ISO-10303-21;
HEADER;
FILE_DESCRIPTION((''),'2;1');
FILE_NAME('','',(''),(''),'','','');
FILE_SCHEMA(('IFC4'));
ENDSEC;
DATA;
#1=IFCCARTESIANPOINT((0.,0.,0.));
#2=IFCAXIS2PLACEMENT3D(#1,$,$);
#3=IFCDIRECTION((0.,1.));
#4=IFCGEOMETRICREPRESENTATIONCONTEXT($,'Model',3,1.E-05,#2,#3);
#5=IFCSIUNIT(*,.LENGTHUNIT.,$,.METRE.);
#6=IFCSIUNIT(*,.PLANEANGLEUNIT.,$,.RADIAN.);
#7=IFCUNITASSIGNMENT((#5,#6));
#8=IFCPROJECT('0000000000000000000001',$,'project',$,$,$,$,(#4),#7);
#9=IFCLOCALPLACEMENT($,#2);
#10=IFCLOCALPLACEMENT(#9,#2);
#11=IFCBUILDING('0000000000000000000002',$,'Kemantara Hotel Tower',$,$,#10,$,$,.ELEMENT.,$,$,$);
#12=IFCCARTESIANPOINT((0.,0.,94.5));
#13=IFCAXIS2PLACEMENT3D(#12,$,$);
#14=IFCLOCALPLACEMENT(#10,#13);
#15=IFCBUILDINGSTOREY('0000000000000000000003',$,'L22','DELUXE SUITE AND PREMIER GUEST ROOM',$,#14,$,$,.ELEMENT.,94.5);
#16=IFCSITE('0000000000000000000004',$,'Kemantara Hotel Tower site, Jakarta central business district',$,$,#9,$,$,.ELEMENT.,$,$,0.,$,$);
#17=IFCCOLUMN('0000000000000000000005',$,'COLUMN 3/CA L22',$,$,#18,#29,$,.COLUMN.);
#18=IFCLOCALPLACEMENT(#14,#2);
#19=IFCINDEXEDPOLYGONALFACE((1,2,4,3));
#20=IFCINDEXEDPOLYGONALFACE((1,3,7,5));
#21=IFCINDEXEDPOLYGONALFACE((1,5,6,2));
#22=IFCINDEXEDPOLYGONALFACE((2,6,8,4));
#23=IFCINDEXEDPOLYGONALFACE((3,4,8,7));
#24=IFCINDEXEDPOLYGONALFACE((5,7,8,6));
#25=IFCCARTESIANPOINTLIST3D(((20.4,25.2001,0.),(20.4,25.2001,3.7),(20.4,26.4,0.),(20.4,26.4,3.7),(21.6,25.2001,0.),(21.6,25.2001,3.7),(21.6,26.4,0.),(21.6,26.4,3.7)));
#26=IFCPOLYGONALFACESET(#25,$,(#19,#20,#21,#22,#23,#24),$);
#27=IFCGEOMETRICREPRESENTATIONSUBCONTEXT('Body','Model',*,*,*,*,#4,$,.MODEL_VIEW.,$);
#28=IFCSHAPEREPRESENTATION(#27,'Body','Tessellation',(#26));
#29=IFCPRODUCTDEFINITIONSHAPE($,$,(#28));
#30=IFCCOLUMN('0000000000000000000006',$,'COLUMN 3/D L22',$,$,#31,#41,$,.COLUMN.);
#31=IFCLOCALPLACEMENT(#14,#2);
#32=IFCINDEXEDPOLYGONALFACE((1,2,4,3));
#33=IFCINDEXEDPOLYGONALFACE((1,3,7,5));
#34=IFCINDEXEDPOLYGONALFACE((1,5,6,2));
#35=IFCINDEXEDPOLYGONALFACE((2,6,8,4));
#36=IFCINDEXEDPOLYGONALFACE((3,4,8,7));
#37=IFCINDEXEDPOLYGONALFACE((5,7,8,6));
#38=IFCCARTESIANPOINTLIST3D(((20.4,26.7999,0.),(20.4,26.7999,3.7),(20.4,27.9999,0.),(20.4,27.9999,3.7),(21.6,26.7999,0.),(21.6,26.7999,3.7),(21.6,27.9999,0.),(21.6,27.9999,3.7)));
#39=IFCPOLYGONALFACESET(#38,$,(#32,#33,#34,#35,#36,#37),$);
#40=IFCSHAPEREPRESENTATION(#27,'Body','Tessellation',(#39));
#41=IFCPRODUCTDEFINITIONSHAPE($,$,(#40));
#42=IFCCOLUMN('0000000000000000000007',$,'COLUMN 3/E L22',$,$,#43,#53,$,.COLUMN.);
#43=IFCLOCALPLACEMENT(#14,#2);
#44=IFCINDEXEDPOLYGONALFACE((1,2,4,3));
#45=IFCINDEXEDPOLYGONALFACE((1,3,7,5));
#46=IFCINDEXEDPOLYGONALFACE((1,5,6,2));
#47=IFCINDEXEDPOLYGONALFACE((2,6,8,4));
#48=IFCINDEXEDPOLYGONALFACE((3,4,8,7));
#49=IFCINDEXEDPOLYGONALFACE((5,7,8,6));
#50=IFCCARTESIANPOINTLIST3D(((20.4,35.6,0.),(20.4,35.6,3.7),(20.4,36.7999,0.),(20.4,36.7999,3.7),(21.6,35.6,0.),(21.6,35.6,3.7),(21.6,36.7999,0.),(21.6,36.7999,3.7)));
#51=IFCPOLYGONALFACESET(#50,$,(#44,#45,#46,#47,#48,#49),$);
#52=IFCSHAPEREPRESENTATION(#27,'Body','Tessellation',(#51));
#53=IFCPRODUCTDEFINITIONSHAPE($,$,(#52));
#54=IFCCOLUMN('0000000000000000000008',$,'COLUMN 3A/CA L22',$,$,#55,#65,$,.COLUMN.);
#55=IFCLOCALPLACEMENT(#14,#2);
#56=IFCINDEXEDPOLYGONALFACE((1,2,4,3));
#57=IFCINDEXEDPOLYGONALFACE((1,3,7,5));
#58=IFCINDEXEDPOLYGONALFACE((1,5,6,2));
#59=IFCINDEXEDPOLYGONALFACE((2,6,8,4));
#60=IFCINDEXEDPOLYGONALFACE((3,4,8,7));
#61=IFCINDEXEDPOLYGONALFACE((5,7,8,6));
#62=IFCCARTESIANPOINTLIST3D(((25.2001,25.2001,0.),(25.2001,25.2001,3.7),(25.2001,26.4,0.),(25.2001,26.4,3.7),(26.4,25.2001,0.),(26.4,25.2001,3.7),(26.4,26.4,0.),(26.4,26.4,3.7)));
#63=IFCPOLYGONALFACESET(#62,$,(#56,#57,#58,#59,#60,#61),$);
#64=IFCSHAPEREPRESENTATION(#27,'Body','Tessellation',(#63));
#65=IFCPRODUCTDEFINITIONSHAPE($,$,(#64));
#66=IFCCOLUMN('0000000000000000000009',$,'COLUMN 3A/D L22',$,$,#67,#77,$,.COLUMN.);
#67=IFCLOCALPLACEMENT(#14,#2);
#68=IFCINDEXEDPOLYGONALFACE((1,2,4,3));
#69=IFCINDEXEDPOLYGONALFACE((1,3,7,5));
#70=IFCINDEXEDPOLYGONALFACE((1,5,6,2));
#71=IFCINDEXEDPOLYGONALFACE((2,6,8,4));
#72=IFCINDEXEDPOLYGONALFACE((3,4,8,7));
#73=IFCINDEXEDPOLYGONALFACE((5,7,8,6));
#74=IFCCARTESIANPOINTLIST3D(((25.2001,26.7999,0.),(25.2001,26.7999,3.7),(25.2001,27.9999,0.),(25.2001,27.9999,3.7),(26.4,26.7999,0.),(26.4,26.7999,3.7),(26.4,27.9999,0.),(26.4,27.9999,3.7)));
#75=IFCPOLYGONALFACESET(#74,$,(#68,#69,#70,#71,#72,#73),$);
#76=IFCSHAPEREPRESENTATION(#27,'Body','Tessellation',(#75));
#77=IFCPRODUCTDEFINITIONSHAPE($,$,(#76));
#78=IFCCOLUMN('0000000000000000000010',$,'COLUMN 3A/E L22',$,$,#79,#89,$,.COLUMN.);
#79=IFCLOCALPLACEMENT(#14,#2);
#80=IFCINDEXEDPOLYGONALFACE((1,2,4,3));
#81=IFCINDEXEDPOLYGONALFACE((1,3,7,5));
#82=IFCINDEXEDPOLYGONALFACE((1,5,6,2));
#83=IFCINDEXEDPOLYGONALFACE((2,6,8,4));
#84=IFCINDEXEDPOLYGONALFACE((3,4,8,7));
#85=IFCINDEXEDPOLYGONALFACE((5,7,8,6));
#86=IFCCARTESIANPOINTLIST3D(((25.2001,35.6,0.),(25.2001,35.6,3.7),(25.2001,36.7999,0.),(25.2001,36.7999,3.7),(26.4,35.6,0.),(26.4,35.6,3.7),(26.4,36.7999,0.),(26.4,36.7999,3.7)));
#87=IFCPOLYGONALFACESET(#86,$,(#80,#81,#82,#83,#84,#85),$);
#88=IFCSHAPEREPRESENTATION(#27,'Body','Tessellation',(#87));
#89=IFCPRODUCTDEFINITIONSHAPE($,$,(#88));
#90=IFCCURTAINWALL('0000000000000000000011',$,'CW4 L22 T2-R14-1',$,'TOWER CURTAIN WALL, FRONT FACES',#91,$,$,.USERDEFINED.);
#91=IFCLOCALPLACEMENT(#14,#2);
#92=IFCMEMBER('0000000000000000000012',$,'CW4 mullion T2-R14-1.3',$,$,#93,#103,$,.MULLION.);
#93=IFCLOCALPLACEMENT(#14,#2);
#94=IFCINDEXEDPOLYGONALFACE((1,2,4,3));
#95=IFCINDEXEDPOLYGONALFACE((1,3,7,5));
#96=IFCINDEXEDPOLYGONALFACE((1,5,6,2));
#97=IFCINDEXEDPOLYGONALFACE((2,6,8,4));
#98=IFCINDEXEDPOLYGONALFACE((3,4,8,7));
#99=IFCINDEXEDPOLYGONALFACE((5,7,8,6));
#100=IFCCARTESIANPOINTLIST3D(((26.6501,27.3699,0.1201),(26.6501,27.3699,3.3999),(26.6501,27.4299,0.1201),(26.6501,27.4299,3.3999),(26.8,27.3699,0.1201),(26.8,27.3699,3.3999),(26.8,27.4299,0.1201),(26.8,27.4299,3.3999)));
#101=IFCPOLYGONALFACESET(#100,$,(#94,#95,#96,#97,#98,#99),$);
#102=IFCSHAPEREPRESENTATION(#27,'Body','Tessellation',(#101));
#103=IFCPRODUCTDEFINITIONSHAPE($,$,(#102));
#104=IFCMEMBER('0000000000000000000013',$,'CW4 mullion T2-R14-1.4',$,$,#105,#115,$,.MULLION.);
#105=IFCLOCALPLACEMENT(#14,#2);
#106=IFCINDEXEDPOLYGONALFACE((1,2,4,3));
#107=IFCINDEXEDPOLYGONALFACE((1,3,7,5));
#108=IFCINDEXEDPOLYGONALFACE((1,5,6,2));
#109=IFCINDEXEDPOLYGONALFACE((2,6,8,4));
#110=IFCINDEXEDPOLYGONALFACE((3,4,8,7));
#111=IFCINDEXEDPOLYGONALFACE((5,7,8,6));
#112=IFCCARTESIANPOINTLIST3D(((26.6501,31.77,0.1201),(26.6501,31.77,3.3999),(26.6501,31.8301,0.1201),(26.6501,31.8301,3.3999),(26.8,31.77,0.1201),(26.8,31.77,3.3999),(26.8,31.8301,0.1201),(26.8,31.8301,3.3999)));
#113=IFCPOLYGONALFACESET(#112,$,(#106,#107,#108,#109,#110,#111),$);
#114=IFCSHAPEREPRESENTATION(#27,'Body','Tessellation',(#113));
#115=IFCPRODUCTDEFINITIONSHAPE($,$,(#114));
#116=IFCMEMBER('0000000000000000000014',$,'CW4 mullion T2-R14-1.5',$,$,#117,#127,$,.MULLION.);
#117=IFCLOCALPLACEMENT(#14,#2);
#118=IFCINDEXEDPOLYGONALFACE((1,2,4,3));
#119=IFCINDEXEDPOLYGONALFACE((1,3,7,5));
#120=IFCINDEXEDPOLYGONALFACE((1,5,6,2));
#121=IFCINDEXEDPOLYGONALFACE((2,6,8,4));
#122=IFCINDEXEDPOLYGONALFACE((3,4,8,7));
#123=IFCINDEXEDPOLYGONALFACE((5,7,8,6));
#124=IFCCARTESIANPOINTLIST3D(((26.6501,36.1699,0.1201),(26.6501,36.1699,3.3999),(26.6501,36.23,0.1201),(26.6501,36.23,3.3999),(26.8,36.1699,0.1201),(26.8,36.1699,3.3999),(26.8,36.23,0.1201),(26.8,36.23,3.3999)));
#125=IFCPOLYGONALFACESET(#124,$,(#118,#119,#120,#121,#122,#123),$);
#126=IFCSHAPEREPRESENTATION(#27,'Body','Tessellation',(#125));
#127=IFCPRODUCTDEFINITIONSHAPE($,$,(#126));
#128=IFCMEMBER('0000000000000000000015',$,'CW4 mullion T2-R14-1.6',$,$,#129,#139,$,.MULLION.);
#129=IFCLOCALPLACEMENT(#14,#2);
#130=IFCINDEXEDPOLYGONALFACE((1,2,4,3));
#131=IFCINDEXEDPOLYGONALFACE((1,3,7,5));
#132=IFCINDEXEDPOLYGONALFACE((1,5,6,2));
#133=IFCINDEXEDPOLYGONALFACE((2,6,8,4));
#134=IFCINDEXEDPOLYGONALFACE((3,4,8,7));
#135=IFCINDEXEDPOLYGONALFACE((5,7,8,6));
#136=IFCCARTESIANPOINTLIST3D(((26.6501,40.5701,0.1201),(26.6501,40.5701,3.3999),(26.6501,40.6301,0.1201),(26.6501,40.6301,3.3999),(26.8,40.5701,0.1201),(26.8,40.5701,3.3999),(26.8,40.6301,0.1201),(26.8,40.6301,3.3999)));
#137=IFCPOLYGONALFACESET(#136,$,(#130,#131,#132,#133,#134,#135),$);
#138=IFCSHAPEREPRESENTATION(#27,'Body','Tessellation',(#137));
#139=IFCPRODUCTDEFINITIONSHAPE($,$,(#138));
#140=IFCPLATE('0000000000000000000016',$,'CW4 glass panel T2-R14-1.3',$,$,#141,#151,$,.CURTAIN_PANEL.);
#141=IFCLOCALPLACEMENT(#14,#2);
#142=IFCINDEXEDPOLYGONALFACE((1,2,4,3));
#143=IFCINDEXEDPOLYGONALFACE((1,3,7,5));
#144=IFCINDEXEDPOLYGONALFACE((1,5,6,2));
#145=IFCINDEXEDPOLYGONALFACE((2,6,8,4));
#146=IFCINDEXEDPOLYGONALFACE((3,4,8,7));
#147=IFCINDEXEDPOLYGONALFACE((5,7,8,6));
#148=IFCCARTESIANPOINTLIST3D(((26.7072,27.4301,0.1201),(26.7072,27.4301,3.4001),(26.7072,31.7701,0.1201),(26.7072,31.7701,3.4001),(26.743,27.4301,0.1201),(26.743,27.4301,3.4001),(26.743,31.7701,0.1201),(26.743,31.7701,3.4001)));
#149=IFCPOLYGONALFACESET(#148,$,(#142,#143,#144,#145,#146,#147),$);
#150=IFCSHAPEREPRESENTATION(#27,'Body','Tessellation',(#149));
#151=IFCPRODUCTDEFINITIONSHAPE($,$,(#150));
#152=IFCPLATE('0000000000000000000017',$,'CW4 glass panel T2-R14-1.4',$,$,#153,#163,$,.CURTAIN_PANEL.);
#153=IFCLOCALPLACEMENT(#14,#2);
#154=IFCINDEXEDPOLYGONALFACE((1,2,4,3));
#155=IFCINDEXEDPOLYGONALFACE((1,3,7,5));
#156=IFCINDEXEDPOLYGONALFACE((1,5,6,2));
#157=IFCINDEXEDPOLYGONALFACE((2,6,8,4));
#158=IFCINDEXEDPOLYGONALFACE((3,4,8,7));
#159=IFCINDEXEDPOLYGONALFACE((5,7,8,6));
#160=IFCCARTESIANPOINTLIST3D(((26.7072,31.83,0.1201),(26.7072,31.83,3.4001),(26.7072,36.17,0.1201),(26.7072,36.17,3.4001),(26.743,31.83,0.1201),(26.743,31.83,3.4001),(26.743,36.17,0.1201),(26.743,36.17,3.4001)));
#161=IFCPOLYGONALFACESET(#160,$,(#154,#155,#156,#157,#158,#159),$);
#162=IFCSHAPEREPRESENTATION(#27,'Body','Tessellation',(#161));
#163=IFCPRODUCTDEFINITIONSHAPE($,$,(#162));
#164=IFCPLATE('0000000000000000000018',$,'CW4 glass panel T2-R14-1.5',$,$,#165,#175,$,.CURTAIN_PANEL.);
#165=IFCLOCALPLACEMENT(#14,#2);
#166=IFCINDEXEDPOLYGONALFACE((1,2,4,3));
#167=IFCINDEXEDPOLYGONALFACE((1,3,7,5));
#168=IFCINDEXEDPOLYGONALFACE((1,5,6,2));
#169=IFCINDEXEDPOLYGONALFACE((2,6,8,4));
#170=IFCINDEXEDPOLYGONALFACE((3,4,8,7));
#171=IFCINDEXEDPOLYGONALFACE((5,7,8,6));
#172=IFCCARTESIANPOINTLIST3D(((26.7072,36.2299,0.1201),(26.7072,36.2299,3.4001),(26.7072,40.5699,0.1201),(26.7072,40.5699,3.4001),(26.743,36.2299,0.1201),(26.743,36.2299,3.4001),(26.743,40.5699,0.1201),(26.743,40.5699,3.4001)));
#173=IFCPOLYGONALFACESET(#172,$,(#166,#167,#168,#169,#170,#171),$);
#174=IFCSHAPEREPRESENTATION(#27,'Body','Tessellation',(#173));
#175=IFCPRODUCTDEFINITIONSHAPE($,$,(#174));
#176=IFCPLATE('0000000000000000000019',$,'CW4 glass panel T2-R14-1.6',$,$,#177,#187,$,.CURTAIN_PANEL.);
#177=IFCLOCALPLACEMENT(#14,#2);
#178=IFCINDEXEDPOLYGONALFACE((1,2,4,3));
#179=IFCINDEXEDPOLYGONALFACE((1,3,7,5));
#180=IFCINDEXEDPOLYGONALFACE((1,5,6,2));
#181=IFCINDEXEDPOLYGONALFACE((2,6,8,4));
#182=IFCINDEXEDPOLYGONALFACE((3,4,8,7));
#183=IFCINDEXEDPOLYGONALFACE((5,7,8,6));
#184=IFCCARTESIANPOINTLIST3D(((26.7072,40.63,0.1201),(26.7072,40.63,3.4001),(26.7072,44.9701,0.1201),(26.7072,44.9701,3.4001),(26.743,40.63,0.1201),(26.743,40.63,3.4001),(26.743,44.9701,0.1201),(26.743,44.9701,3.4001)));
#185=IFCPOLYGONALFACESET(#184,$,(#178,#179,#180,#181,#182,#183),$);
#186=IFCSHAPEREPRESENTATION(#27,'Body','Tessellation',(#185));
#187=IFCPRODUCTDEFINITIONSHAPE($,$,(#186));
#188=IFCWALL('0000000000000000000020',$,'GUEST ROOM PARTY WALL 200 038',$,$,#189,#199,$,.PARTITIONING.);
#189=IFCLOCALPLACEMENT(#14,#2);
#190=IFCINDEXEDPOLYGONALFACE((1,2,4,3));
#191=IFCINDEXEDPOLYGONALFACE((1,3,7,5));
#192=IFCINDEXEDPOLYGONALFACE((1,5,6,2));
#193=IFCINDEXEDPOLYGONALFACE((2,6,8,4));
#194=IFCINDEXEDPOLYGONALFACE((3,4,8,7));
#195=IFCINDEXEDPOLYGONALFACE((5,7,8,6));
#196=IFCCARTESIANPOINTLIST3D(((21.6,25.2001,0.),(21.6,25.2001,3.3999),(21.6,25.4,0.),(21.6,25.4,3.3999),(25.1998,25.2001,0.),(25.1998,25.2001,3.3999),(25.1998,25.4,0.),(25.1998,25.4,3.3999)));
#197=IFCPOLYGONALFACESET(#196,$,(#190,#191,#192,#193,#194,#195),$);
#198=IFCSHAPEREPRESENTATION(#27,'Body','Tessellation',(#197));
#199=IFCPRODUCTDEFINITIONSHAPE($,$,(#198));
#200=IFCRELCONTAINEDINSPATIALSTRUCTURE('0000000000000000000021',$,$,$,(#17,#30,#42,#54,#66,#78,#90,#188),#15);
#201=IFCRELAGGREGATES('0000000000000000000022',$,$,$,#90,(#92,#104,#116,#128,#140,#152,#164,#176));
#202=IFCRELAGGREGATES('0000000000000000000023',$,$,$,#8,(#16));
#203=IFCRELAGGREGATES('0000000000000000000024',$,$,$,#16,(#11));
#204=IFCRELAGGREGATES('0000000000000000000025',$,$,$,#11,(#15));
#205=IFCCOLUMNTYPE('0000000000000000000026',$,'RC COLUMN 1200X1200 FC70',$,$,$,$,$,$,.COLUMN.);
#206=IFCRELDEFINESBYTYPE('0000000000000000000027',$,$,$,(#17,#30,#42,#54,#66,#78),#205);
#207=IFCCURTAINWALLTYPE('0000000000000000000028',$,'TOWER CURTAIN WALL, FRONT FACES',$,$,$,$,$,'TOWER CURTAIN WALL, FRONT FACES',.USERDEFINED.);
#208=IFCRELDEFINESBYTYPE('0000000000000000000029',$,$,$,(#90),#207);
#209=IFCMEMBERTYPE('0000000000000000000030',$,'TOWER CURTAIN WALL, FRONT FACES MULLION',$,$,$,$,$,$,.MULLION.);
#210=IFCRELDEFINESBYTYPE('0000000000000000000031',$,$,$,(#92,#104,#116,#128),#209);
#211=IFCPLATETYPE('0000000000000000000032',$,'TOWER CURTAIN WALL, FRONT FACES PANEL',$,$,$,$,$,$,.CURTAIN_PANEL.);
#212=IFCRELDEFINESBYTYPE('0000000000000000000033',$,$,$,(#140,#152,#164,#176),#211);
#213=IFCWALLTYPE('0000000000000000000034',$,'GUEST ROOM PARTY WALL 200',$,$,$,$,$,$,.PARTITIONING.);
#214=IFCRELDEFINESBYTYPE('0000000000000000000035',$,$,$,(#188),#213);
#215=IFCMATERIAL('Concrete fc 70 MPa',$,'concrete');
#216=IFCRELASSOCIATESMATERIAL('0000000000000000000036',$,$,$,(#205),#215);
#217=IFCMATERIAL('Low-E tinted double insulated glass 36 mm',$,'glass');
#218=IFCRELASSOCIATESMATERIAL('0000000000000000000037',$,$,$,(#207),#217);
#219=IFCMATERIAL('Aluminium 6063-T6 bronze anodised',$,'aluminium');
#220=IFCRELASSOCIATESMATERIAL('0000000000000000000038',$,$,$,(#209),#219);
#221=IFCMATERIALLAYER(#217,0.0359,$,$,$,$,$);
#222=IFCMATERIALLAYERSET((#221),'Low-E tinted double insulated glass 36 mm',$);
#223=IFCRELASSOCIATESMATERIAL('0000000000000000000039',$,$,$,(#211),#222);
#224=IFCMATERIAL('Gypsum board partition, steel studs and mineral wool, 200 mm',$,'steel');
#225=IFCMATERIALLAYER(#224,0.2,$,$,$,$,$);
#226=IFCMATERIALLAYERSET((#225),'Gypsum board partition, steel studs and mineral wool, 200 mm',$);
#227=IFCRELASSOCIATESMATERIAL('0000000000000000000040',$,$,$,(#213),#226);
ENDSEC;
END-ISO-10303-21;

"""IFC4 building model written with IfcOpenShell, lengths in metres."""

from ifc_helpers import new_model, si_unit, direction, frame, frame_2d, origin, origin_2d, place, context, subcontext, project, spatial, rectangle, extrude, source, transform, mapped, material, layer, layer_set, material_profile, profile_set, type_object, element, aggregate, save


model = new_model("IFC4")

# Units and contexts
model_context = context("Model", 3, precision=1e-05, world=origin(), true_north=direction((0.0, 1.0)))
body_context = subcontext(model_context, "Body", "Model", "MODEL_VIEW")
ifc_project = project(units=[si_unit("LENGTHUNIT", "METRE"), si_unit("PLANEANGLEUNIT", "RADIAN")], contexts=[model_context])

# Site, building, storey
site_placement = place(None, origin())
site = spatial("IfcSite", under=ifc_project, at=site_placement, Name="Kemantara Hotel Tower site, Jakarta central business district", CompositionType="ELEMENT", RefElevation=0.0)
building_placement = place(site_placement, origin())
building = spatial("IfcBuilding", under=site, at=building_placement, Name="Kemantara Hotel Tower", CompositionType="ELEMENT")
storey_placement = place(building_placement, frame((0.0, 0.0, 94.5)))
storey = spatial("IfcBuildingStorey", under=building, at=storey_placement, Name="L22", Description="DELUXE SUITE AND PREMIER GUEST ROOM", CompositionType="ELEMENT", Elevation=94.5)

# Columns
ifc_material_1 = material(Name="Concrete fc 70 MPa", Category="concrete")
ifc_material_profile_1 = material_profile(ifc_material_1, rectangle(XDim=1.2, YDim=1.2, at=origin_2d()), Name="RC 1200X1200")
ifc_profile_set_1 = profile_set([ifc_material_profile_1], Name="Concrete fc 70 MPa")
column_type = type_object("IfcColumnType", Name="RC COLUMN 1200X1200 FC70", PredefinedType="COLUMN", material=ifc_profile_set_1)
for number, where, z_axis, x_axis, name in (
    (1, (21.0, 25.8, 0.0), (0.0, 0.0, 1.0), (1.0, 0.0, 0.0), "COLUMN 3/CA L22"),
    (2, (21.0, 27.3999, 0.0), (0.0, 0.0, 1.0), (1.0, 0.0, 0.0), "COLUMN 3/D L22"),
    (3, (21.0, 36.2, 0.0), (0.0, 0.0, 1.0), (1.0, 0.0, 0.0), "COLUMN 3/E L22"),
    (4, (25.8, 25.8, 0.0), (0.0, 0.0, 1.0), (1.0, 0.0, 0.0), "COLUMN 3A/CA L22"),
    (5, (25.8, 27.3999, 0.0), (0.0, 0.0, 1.0), (1.0, 0.0, 0.0), "COLUMN 3A/D L22"),
    (6, (25.8, 36.2, 0.0), (0.0, 0.0, 1.0), (1.0, 0.0, 0.0), "COLUMN 3A/E L22"),
):
    element("IfcColumn", number, at=place(storey_placement, frame(where, z_axis=z_axis, x_axis=x_axis)), inside=storey, type_object=column_type, Name=name, PredefinedType="COLUMN", context=body_context, shape_type="SweptSolid", body=[
        extrude(rectangle(XDim=1.2, YDim=1.2, at=origin_2d()), origin(), (0.0, 0.0, 1.0), 3.7),
    ])

# Curtain wall, members, plates
ifc_material_2 = material(Name="Low-E tinted double insulated glass 36 mm", Category="glass")
curtain_wall_type = type_object("IfcCurtainWallType", Name="TOWER CURTAIN WALL, FRONT FACES", ElementType="TOWER CURTAIN WALL, FRONT FACES", PredefinedType="USERDEFINED", material=ifc_material_2)
curtain_wall_placement = place(storey_placement, origin())
curtain_wall = element("IfcCurtainWall", 7, at=curtain_wall_placement, inside=storey, type_object=curtain_wall_type, Name="CW4 L22 T2-R14-1", ObjectType="TOWER CURTAIN WALL, FRONT FACES", PredefinedType="USERDEFINED")
ifc_material_3 = material(Name="Aluminium 6063-T6 bronze anodised", Category="aluminium")
ifc_material_profile_2 = material_profile(ifc_material_3, rectangle(XDim=0.1499, YDim=0.0601, at=origin_2d()), Name="TOWER CURTAIN WALL, FRONT FACES MULLION")
ifc_profile_set_2 = profile_set([ifc_material_profile_2], Name="Aluminium 6063-T6 bronze anodised")
member_type = type_object("IfcMemberType", Name="TOWER CURTAIN WALL, FRONT FACES MULLION", PredefinedType="MULLION", material=ifc_profile_set_2)
shared_shape_1 = source(origin(), body_context, "Body", "SweptSolid", [
    extrude(rectangle(XDim=0.1499, YDim=0.0601, at=origin_2d()), origin(), (0.0, 0.0, 1.0), 3.2798),
])
member_1_placement = place(storey_placement, frame((26.7251, 27.3999, 0.1201), z_axis=(0.0, 0.0, 1.0), x_axis=(-1.0, 0.0, 0.0)))
member_1 = element("IfcMember", 8, at=member_1_placement, type_object=member_type, Name="CW4 mullion T2-R14-1.3", PredefinedType="MULLION", context=body_context, shape_type="MappedRepresentation", body=[
    mapped(shared_shape_1, transform((0.0, 0.0, 0.0))),
])
member_2_placement = place(storey_placement, frame((26.7251, 31.8, 0.1201), z_axis=(0.0, 0.0, 1.0), x_axis=(-1.0, 0.0, 0.0)))
member_2 = element("IfcMember", 9, at=member_2_placement, type_object=member_type, Name="CW4 mullion T2-R14-1.4", PredefinedType="MULLION", context=body_context, shape_type="MappedRepresentation", body=[
    mapped(shared_shape_1, transform((0.0, 0.0, 0.0))),
])
member_3_placement = place(storey_placement, frame((26.7251, 36.2, 0.1201), z_axis=(0.0, 0.0, 1.0), x_axis=(-1.0, 0.0, 0.0)))
member_3 = element("IfcMember", 10, at=member_3_placement, type_object=member_type, Name="CW4 mullion T2-R14-1.5", PredefinedType="MULLION", context=body_context, shape_type="MappedRepresentation", body=[
    mapped(shared_shape_1, transform((0.0, 0.0, 0.0))),
])
member_4_placement = place(storey_placement, frame((26.7251, 40.6001, 0.1201), z_axis=(0.0, 0.0, 1.0), x_axis=(-1.0, 0.0, 0.0)))
member_4 = element("IfcMember", 11, at=member_4_placement, type_object=member_type, Name="CW4 mullion T2-R14-1.6", PredefinedType="MULLION", context=body_context, shape_type="MappedRepresentation", body=[
    mapped(shared_shape_1, transform((0.0, 0.0, 0.0))),
])
ifc_layer_1 = layer(ifc_material_2, 0.0359)
ifc_layer_set_1 = layer_set([ifc_layer_1], Name="Low-E tinted double insulated glass 36 mm")
plate_type = type_object("IfcPlateType", Name="TOWER CURTAIN WALL, FRONT FACES PANEL", PredefinedType="CURTAIN_PANEL", material=ifc_layer_set_1)
shared_shape_2 = source(origin(), body_context, "Body", "SweptSolid", [
    extrude(rectangle(XDim=4.3401, YDim=0.0359, at=origin_2d()), origin(), (0.0, 0.0, 1.0), 3.28),
])
plate_1_placement = place(storey_placement, frame((26.7251, 29.6001, 0.1201), z_axis=(0.0, 0.0, 1.0), x_axis=(0.0, 1.0, 0.0)))
plate_1 = element("IfcPlate", 12, at=plate_1_placement, type_object=plate_type, Name="CW4 glass panel T2-R14-1.3", PredefinedType="CURTAIN_PANEL", context=body_context, shape_type="MappedRepresentation", body=[
    mapped(shared_shape_2, transform((0.0, 0.0, 0.0))),
])
plate_2_placement = place(storey_placement, frame((26.7251, 34.0, 0.1201), z_axis=(0.0, 0.0, 1.0), x_axis=(0.0, 1.0, 0.0)))
plate_2 = element("IfcPlate", 13, at=plate_2_placement, type_object=plate_type, Name="CW4 glass panel T2-R14-1.4", PredefinedType="CURTAIN_PANEL", context=body_context, shape_type="MappedRepresentation", body=[
    mapped(shared_shape_2, transform((0.0, 0.0, 0.0))),
])
plate_3_placement = place(storey_placement, frame((26.7251, 38.3999, 0.1201), z_axis=(0.0, 0.0, 1.0), x_axis=(0.0, 1.0, 0.0)))
plate_3 = element("IfcPlate", 14, at=plate_3_placement, type_object=plate_type, Name="CW4 glass panel T2-R14-1.5", PredefinedType="CURTAIN_PANEL", context=body_context, shape_type="MappedRepresentation", body=[
    mapped(shared_shape_2, transform((0.0, 0.0, 0.0))),
])
plate_4_placement = place(storey_placement, frame((26.7251, 42.8, 0.1201), z_axis=(0.0, 0.0, 1.0), x_axis=(0.0, 1.0, 0.0)))
plate_4 = element("IfcPlate", 15, at=plate_4_placement, type_object=plate_type, Name="CW4 glass panel T2-R14-1.6", PredefinedType="CURTAIN_PANEL", context=body_context, shape_type="MappedRepresentation", body=[
    mapped(shared_shape_2, transform((0.0, 0.0, 0.0))),
])
aggregate(curtain_wall, [member_1, member_2, member_3, member_4, plate_1, plate_2, plate_3, plate_4])

# Wall
ifc_material_4 = material(Name="Gypsum board partition, steel studs and mineral wool, 200 mm", Category="steel")
ifc_layer_2 = layer(ifc_material_4, 0.2)
ifc_layer_set_2 = layer_set([ifc_layer_2], Name="Gypsum board partition, steel studs and mineral wool, 200 mm")
wall_type_1 = type_object("IfcWallType", Name="GUEST ROOM PARTY WALL 200", PredefinedType="PARTITIONING", material=ifc_layer_set_2)
wall_1_placement = place(storey_placement, frame((21.6001, 25.3, 0.0), z_axis=(0.0, 0.0, 1.0), x_axis=(1.0, 0.0, 0.0)))
element("IfcWall", 16, at=wall_1_placement, inside=storey, type_object=wall_type_1, Name="GUEST ROOM PARTY WALL 200 038", PredefinedType="PARTITIONING", context=body_context, shape_type="SweptSolid", body=[
    extrude(rectangle(XDim=3.5999, YDim=0.2, at=frame_2d((1.7998, 0.0))), origin(), (0.0, 0.0, 1.0), 3.3999),
])

save(model, "model.ifc")
